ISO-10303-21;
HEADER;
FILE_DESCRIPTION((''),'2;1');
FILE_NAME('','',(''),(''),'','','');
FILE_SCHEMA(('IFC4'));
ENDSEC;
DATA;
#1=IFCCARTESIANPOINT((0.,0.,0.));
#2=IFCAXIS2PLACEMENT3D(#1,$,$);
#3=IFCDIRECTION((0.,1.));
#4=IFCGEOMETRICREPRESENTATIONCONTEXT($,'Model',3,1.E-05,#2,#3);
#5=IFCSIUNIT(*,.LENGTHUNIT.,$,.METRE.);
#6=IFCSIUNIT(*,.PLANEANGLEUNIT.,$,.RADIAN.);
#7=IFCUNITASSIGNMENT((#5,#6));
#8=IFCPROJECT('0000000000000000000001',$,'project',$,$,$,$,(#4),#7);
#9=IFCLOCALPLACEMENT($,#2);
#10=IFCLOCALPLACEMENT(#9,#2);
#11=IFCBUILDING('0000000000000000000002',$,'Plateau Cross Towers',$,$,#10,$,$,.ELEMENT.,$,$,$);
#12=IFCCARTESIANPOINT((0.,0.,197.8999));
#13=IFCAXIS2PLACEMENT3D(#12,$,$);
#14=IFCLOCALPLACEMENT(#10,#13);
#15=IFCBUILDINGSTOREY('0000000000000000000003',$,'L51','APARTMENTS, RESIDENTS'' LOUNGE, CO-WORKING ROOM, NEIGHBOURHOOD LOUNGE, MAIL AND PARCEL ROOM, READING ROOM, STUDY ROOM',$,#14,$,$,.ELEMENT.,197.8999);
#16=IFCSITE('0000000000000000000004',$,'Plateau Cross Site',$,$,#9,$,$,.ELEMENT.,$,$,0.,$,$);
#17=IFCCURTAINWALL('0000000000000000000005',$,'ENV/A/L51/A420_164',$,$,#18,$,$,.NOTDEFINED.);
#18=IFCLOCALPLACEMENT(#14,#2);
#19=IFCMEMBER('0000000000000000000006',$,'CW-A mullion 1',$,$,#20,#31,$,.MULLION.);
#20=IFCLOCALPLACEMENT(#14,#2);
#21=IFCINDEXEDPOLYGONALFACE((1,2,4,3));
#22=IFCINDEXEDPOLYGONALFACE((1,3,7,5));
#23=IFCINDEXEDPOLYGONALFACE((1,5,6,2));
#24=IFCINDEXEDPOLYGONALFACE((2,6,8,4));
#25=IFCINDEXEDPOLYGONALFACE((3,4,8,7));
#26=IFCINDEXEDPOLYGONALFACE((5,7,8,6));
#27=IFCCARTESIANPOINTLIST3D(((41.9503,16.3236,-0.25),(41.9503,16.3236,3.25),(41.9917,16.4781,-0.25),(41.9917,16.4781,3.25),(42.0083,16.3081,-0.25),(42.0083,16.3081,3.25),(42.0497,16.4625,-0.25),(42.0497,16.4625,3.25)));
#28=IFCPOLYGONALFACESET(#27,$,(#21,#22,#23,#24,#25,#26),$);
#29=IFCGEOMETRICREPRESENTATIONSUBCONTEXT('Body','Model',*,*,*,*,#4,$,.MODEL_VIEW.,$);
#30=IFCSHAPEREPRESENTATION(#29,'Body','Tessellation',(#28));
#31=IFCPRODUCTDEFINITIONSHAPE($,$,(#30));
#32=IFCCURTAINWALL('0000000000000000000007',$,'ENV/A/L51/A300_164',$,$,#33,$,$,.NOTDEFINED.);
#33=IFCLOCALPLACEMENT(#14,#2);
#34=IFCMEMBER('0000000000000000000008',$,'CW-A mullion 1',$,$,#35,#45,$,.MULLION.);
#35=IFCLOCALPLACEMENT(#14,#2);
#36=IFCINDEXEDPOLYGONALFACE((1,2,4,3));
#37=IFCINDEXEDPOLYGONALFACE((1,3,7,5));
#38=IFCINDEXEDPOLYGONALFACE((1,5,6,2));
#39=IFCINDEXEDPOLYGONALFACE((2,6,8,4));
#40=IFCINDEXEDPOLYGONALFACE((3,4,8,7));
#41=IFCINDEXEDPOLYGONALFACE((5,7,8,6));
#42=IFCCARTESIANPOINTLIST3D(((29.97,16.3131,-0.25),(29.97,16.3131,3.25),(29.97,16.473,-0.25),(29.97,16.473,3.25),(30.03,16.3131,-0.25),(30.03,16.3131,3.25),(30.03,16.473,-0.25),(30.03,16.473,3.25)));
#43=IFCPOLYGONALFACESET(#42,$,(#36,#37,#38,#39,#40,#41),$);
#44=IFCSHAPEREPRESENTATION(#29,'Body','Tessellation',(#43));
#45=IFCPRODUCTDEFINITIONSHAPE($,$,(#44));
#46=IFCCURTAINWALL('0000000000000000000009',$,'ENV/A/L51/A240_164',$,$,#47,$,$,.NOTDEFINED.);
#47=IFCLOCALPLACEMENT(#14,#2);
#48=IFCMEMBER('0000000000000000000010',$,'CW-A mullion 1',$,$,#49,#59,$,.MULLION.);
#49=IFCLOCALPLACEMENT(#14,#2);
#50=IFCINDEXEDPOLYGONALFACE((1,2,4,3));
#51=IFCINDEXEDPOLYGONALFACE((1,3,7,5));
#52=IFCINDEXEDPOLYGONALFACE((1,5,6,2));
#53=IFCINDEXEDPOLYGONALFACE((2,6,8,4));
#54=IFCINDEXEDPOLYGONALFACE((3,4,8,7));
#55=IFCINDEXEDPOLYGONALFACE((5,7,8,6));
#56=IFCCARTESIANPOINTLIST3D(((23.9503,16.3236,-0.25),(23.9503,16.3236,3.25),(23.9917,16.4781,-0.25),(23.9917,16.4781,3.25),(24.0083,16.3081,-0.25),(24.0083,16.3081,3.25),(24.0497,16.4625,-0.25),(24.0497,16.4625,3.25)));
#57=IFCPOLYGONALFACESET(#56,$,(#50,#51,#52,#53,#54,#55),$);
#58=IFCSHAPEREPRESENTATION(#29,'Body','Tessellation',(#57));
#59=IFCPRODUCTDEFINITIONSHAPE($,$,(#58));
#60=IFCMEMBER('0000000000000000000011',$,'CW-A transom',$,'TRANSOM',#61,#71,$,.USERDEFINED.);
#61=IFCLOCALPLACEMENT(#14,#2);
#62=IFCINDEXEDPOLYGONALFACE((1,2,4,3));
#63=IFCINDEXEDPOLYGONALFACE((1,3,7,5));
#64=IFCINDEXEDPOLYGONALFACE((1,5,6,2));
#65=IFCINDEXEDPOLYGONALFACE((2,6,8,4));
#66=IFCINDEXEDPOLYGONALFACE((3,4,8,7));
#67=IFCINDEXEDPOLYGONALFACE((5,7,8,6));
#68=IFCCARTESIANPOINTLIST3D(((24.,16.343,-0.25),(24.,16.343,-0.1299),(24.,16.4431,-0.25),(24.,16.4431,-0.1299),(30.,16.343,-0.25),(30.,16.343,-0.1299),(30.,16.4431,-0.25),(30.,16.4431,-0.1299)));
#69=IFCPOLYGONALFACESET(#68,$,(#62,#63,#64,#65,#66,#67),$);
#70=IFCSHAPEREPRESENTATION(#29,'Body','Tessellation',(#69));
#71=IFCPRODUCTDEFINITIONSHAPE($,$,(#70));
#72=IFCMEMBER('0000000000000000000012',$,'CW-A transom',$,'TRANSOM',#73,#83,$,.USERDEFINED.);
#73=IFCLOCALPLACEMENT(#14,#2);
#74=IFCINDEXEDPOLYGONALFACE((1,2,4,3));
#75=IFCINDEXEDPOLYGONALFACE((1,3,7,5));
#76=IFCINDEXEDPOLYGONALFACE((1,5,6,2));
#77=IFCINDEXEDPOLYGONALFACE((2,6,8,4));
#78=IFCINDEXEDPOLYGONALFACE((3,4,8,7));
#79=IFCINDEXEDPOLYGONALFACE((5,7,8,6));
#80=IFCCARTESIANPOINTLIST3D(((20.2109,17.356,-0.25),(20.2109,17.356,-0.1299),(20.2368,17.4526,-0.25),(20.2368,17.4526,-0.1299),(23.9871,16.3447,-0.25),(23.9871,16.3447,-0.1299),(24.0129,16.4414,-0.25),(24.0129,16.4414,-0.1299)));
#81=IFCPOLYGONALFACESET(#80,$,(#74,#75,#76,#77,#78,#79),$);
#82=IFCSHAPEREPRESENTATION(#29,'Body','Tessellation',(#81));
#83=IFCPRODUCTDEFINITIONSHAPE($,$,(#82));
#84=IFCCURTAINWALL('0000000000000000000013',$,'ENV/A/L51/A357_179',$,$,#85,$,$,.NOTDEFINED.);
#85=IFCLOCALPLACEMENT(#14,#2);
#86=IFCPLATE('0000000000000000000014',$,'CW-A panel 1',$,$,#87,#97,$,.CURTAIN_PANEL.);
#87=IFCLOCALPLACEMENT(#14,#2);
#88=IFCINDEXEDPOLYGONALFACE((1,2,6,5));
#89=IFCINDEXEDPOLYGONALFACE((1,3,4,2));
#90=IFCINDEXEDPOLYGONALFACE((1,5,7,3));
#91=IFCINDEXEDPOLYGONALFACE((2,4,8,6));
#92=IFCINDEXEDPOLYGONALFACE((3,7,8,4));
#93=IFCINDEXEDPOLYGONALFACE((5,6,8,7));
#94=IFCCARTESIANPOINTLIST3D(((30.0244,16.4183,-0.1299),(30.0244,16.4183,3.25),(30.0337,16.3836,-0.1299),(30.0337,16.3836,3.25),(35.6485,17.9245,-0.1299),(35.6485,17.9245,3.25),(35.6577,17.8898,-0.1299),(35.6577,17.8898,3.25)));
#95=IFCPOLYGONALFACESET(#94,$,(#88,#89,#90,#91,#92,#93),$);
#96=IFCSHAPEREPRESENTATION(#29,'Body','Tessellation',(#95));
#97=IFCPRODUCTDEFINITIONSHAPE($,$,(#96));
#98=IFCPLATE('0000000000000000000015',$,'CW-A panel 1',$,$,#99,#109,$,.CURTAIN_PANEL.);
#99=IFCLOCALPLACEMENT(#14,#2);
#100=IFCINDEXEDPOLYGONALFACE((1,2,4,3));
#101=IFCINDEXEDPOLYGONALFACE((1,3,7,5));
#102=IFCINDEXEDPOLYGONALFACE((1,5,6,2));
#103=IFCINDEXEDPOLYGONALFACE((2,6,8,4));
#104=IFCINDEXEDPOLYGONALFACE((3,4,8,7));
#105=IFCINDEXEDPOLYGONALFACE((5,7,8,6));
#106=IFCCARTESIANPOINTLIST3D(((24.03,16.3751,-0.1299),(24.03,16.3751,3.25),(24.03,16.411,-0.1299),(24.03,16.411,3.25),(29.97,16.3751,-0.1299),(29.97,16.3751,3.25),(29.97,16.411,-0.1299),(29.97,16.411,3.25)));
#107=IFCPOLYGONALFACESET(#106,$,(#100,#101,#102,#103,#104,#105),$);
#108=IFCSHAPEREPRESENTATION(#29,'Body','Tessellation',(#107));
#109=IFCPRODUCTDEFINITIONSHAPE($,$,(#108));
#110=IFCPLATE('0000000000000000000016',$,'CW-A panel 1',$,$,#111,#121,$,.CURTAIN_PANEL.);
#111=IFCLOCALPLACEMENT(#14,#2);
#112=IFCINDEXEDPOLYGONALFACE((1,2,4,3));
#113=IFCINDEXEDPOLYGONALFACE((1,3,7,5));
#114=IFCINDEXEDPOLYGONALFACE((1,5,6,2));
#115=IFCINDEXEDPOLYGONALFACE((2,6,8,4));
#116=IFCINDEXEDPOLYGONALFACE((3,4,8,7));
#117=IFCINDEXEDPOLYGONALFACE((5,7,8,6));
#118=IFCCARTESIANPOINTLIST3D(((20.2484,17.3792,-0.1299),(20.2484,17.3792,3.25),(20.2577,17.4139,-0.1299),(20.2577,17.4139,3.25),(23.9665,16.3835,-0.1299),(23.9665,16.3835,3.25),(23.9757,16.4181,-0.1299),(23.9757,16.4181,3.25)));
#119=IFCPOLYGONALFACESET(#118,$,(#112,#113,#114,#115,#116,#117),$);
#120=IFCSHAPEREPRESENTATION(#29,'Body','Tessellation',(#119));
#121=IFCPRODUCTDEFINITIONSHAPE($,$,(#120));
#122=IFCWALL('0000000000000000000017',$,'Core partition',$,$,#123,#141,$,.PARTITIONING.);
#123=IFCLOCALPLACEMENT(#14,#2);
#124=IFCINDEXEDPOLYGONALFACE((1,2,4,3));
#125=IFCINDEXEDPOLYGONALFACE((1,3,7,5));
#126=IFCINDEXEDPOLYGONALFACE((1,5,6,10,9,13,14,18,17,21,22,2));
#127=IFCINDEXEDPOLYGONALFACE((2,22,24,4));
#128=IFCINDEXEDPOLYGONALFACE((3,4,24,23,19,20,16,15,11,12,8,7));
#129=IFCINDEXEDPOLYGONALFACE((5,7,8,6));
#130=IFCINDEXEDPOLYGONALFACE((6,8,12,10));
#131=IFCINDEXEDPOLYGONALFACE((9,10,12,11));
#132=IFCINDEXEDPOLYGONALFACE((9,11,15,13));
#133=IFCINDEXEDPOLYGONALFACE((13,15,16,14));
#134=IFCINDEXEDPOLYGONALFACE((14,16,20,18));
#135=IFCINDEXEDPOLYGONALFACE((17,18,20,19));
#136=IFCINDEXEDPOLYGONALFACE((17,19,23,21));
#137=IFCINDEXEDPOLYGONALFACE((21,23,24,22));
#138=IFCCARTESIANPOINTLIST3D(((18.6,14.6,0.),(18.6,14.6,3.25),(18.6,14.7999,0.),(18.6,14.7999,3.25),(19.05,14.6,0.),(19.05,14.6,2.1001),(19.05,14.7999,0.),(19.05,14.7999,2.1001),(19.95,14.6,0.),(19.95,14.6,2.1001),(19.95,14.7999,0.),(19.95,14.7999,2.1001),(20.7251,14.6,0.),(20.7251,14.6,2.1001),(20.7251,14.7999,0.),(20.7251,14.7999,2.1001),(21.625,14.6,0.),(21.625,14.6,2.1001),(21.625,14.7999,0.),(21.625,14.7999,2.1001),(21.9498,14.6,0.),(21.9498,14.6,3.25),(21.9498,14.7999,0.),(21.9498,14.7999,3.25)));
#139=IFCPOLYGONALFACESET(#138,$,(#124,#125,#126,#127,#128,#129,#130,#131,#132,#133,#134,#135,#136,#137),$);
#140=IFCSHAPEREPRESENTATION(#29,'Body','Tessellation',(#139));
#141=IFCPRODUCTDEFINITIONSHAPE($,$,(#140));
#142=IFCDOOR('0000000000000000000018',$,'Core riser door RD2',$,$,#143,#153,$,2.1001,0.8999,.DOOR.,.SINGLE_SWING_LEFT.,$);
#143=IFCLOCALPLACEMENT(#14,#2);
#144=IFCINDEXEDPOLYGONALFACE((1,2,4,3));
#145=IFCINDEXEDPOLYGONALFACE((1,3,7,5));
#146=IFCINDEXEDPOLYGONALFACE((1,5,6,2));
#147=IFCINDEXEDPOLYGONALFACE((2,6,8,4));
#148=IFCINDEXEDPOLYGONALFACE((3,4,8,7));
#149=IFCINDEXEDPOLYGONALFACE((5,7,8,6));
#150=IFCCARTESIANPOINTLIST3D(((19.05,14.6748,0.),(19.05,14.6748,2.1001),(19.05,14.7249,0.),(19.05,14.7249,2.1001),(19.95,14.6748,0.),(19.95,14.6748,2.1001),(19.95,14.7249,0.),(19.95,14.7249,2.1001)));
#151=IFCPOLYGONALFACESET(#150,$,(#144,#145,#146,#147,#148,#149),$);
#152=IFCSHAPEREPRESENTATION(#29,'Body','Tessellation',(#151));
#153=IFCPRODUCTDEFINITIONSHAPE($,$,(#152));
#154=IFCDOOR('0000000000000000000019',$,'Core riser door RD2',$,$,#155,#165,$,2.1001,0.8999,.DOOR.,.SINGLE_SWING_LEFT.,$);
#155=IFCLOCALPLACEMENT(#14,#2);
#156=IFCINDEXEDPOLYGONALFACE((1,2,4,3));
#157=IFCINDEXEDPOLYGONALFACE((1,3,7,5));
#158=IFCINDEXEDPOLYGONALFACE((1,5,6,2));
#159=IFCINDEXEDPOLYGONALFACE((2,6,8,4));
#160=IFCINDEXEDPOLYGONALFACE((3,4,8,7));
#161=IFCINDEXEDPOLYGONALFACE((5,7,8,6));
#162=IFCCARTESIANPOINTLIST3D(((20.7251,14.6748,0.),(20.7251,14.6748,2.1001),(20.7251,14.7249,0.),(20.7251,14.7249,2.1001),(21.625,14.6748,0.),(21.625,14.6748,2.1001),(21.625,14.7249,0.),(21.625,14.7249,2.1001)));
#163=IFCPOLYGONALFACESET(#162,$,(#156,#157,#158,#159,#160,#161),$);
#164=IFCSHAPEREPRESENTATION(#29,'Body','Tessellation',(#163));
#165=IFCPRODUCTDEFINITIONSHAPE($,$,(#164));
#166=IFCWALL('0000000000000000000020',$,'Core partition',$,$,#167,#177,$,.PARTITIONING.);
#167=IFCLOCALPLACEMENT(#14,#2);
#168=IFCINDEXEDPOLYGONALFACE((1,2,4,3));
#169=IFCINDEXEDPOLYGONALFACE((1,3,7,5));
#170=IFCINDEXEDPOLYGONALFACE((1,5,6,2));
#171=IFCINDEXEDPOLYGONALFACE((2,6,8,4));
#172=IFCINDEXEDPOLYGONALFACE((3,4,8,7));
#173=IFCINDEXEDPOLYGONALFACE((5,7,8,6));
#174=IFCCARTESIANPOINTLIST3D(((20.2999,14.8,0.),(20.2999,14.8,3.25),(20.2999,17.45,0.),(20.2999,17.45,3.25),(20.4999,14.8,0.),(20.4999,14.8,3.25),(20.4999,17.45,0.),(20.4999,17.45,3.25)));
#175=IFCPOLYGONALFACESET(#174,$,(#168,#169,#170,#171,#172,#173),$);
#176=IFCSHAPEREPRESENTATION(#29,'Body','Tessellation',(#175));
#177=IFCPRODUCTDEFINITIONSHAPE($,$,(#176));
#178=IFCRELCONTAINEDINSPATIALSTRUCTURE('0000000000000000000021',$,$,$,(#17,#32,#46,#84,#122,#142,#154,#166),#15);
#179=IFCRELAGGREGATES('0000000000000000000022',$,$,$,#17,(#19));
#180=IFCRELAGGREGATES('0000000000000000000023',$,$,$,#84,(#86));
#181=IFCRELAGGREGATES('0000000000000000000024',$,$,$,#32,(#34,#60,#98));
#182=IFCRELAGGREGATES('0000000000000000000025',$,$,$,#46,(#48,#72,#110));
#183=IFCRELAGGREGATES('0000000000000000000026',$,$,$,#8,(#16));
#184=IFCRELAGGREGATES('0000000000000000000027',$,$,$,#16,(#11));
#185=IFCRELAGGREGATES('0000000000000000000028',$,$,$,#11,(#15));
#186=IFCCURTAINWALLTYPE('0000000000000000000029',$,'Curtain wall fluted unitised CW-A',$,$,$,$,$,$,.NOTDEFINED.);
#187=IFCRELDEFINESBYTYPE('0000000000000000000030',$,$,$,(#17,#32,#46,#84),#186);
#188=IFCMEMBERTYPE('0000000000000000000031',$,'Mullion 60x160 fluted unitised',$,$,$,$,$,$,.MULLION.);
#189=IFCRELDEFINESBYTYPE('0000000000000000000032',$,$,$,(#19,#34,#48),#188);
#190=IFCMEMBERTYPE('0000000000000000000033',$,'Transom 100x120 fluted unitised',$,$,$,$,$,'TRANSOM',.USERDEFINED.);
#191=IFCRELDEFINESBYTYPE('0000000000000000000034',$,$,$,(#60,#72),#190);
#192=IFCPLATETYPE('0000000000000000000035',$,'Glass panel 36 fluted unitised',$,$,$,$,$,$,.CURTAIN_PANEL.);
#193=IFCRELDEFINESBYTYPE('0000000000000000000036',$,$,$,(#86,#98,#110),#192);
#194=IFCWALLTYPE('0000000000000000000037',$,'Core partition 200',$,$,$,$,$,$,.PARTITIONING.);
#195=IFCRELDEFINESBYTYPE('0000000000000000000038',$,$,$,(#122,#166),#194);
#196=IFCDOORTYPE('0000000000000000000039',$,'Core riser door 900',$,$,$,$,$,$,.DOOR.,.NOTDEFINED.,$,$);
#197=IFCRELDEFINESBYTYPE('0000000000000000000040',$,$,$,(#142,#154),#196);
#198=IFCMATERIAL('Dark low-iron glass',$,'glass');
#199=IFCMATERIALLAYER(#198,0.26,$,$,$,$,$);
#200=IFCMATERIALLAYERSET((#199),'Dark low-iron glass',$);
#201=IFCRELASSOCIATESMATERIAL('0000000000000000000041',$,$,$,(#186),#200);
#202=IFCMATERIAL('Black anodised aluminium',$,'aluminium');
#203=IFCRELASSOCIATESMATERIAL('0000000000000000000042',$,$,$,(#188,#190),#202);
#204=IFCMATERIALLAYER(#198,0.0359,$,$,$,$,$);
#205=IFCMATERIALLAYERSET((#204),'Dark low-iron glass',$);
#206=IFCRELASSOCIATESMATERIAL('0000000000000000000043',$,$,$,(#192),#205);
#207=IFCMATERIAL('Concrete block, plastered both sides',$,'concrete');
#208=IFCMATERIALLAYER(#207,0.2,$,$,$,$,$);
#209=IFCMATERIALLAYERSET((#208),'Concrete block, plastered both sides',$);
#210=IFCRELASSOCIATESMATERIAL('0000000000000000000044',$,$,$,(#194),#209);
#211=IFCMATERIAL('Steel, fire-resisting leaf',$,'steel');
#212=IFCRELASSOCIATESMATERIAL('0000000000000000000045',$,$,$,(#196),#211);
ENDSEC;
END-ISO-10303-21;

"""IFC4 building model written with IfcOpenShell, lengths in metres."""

from ifc_helpers import new_model, si_unit, direction, frame, frame_2d, origin, origin_2d, place, context, subcontext, project, spatial, rectangle, extrude, material, layer, layer_set, material_profile, profile_set, type_object, element, fill, aggregate, save


model = new_model("IFC4")

# Units and contexts
model_context = context("Model", 3, precision=1e-05, world=origin(), true_north=direction((0.0, 1.0)))
body_context = subcontext(model_context, "Body", "Model", "MODEL_VIEW")
ifc_project = project(units=[si_unit("LENGTHUNIT", "METRE"), si_unit("PLANEANGLEUNIT", "RADIAN")], contexts=[model_context])

# Site, building, storey
site_placement = place(None, origin())
site = spatial("IfcSite", under=ifc_project, at=site_placement, Name="Plateau Cross Site", CompositionType="ELEMENT", RefElevation=0.0)
building_placement = place(site_placement, origin())
building = spatial("IfcBuilding", under=site, at=building_placement, Name="Plateau Cross Towers", CompositionType="ELEMENT")
storey_placement = place(building_placement, frame((0.0, 0.0, 197.8999)))
storey = spatial("IfcBuildingStorey", under=building, at=storey_placement, Name="L51", Description="APARTMENTS, RESIDENTS' LOUNGE, CO-WORKING ROOM, NEIGHBOURHOOD LOUNGE, MAIL AND PARCEL ROOM, READING ROOM, STUDY ROOM", CompositionType="ELEMENT", Elevation=197.8999)

# Curtain walls, members
ifc_material_1 = material(Name="Dark low-iron glass", Category="glass")
ifc_layer_1 = layer(ifc_material_1, 0.26)
ifc_layer_set_1 = layer_set([ifc_layer_1], Name="Dark low-iron glass")
curtain_wall_type = type_object("IfcCurtainWallType", Name="Curtain wall fluted unitised CW-A", PredefinedType="NOTDEFINED", material=ifc_layer_set_1)
curtain_wall_1_placement = place(storey_placement, origin())
curtain_wall_1 = element("IfcCurtainWall", 1, at=curtain_wall_1_placement, inside=storey, type_object=curtain_wall_type, Name="ENV/A/L51/A420_164", PredefinedType="NOTDEFINED")
ifc_material_2 = material(Name="Black anodised aluminium", Category="aluminium")
ifc_material_profile_1 = material_profile(ifc_material_2, rectangle(XDim=0.0601, YDim=0.1599, at=origin_2d()), Name="MULLION 60x160")
ifc_profile_set_1 = profile_set([ifc_material_profile_1], Name="Black anodised aluminium")
member_type_1 = type_object("IfcMemberType", Name="Mullion 60x160 fluted unitised", PredefinedType="MULLION", material=ifc_profile_set_1)
member_1_placement = place(storey_placement, frame((42.0, 16.3931, -0.25), z_axis=(0.0, 0.0, 1.0), x_axis=(-0.965958, 0.258699, 0.0)))
member_1 = element("IfcMember", 2, at=member_1_placement, type_object=member_type_1, Name="CW-A mullion 1", PredefinedType="MULLION", context=body_context, shape_type="SweptSolid", body=[
    extrude(rectangle(XDim=0.0601, YDim=0.1599, at=origin_2d()), origin(), (0.0, 0.0, 1.0), 3.5),
])
aggregate(curtain_wall_1, [member_1])
curtain_wall_2_placement = place(storey_placement, origin())
curtain_wall_2 = element("IfcCurtainWall", 3, at=curtain_wall_2_placement, inside=storey, type_object=curtain_wall_type, Name="ENV/A/L51/A300_164", PredefinedType="NOTDEFINED")
member_2_placement = place(storey_placement, frame((30.0, 16.3931, -0.25), z_axis=(0.0, 0.0, 1.0), x_axis=(-1.0, 0.0, 0.0)))
member_2 = element("IfcMember", 4, at=member_2_placement, type_object=member_type_1, Name="CW-A mullion 1", PredefinedType="MULLION", context=body_context, shape_type="SweptSolid", body=[
    extrude(rectangle(XDim=0.0601, YDim=0.1599, at=origin_2d()), origin(), (0.0, 0.0, 1.0), 3.5),
])
curtain_wall_3_placement = place(storey_placement, origin())
curtain_wall_3 = element("IfcCurtainWall", 5, at=curtain_wall_3_placement, inside=storey, type_object=curtain_wall_type, Name="ENV/A/L51/A240_164", PredefinedType="NOTDEFINED")
member_3_placement = place(storey_placement, frame((24.0, 16.3931, -0.25), z_axis=(0.0, 0.0, 1.0), x_axis=(-0.965958, 0.258699, 0.0)))
member_3 = element("IfcMember", 6, at=member_3_placement, type_object=member_type_1, Name="CW-A mullion 1", PredefinedType="MULLION", context=body_context, shape_type="SweptSolid", body=[
    extrude(rectangle(XDim=0.0601, YDim=0.1599, at=origin_2d()), origin(), (0.0, 0.0, 1.0), 3.5),
])

# Members
ifc_material_profile_2 = material_profile(ifc_material_2, rectangle(XDim=0.1001, YDim=0.1201, at=origin_2d()), Name="TRANSOM 100x120")
ifc_profile_set_2 = profile_set([ifc_material_profile_2], Name="Black anodised aluminium")
member_type_2 = type_object("IfcMemberType", Name="Transom 100x120 fluted unitised", ElementType="TRANSOM", PredefinedType="USERDEFINED", material=ifc_profile_set_2)
member_4_placement = place(storey_placement, frame((30.0, 16.3931, -0.1899), z_axis=(-1.0, 0.0, 0.0), x_axis=(0.0, -1.0, 0.0)))
member_4 = element("IfcMember", 7, at=member_4_placement, type_object=member_type_2, Name="CW-A transom", ObjectType="TRANSOM", PredefinedType="USERDEFINED", context=body_context, shape_type="SweptSolid", body=[
    extrude(rectangle(XDim=0.1001, YDim=0.1201, at=origin_2d()), origin(), (0.0, 0.0, 1.0), 6.0),
])
member_5_placement = place(storey_placement, frame((24.0, 16.3931, -0.1899), z_axis=(-0.965963, 0.258681, 0.0), x_axis=(-0.258681, -0.965963, 0.0)))
member_5 = element("IfcMember", 8, at=member_5_placement, type_object=member_type_2, Name="CW-A transom", ObjectType="TRANSOM", PredefinedType="USERDEFINED", context=body_context, shape_type="SweptSolid", body=[
    extrude(rectangle(XDim=0.1001, YDim=0.1201, at=origin_2d()), origin(), (0.0, 0.0, 1.0), 3.9092),
])

# Curtain wall, plate
curtain_wall_4_placement = place(storey_placement, origin())
curtain_wall_4 = element("IfcCurtainWall", 9, at=curtain_wall_4_placement, inside=storey, type_object=curtain_wall_type, Name="ENV/A/L51/A357_179", PredefinedType="NOTDEFINED")
ifc_layer_2 = layer(ifc_material_1, 0.0359)
ifc_layer_set_2 = layer_set([ifc_layer_2], Name="Dark low-iron glass")
plate_type = type_object("IfcPlateType", Name="Glass panel 36 fluted unitised", PredefinedType="CURTAIN_PANEL", material=ifc_layer_set_2)
plate_1_placement = place(storey_placement, frame((32.8411, 17.1541, -0.1299), z_axis=(0.0, 0.0, 1.0), x_axis=(-0.965958, -0.258699, 0.0)))
plate_1 = element("IfcPlate", 10, at=plate_1_placement, type_object=plate_type, Name="CW-A panel 1", PredefinedType="CURTAIN_PANEL", context=body_context, shape_type="SweptSolid", body=[
    extrude(rectangle(XDim=5.8223, YDim=0.0359, at=origin_2d()), origin(), (0.0, 0.0, 1.0), 3.3799),
])
aggregate(curtain_wall_4, [plate_1])

# Plates
plate_2_placement = place(storey_placement, frame((27.0, 16.3931, -0.1299), z_axis=(0.0, 0.0, 1.0), x_axis=(-1.0, 0.0, 0.0)))
plate_2 = element("IfcPlate", 11, at=plate_2_placement, type_object=plate_type, Name="CW-A panel 1", PredefinedType="CURTAIN_PANEL", context=body_context, shape_type="SweptSolid", body=[
    extrude(rectangle(XDim=5.9399, YDim=0.0359, at=origin_2d()), origin(), (0.0, 0.0, 1.0), 3.3799),
])
aggregate(curtain_wall_2, [member_2, member_4, plate_2])
plate_3_placement = place(storey_placement, frame((22.1121, 16.8987, -0.1299), z_axis=(0.0, 0.0, 1.0), x_axis=(-0.965958, 0.258699, 0.0)))
plate_3 = element("IfcPlate", 12, at=plate_3_placement, type_object=plate_type, Name="CW-A panel 1", PredefinedType="CURTAIN_PANEL", context=body_context, shape_type="SweptSolid", body=[
    extrude(rectangle(XDim=3.8491, YDim=0.0359, at=origin_2d()), origin(), (0.0, 0.0, 1.0), 3.3799),
])
aggregate(curtain_wall_3, [member_3, member_5, plate_3])

# Wall, openings, doors
ifc_material_3 = material(Name="Concrete block, plastered both sides", Category="concrete")
ifc_layer_3 = layer(ifc_material_3, 0.2)
ifc_layer_set_3 = layer_set([ifc_layer_3], Name="Concrete block, plastered both sides")
wall_type_1 = type_object("IfcWallType", Name="Core partition 200", PredefinedType="PARTITIONING", material=ifc_layer_set_3)
wall_1_placement = place(storey_placement, frame((18.6001, 14.7, 0.0), z_axis=(0.0, 0.0, 1.0), x_axis=(1.0, 0.0, 0.0)))
wall_1 = element("IfcWall", 13, at=wall_1_placement, inside=storey, type_object=wall_type_1, Name="Core partition", PredefinedType="PARTITIONING", context=body_context, shape_type="SweptSolid", body=[
    extrude(rectangle(XDim=3.3499, YDim=0.2, at=frame_2d((1.6748, 0.0))), origin(), (0.0, 0.0, 1.0), 3.25),
])
opening_1_placement = place(wall_1_placement, frame((0.45, 0.0, 0.0)))
opening_1 = element("IfcOpeningElement", 14, at=opening_1_placement, cuts=wall_1, PredefinedType="OPENING", context=body_context, shape_type="SweptSolid", body=[
    extrude(rectangle(XDim=0.8999, YDim=2.1001, at=frame_2d((0.45, 1.05))), frame((0.0, 0.1099, 0.0), z_axis=(0.0, -1.0, 0.0), x_axis=(1.0, 0.0, 0.0)), (0.0, 0.0, 1.0), 0.22),
])
opening_2_placement = place(wall_1_placement, frame((2.125, 0.0, 0.0)))
opening_2 = element("IfcOpeningElement", 15, at=opening_2_placement, cuts=wall_1, PredefinedType="OPENING", context=body_context, shape_type="SweptSolid", body=[
    extrude(rectangle(XDim=0.8999, YDim=2.1001, at=frame_2d((0.45, 1.05))), frame((0.0, 0.1099, 0.0), z_axis=(0.0, -1.0, 0.0), x_axis=(1.0, 0.0, 0.0)), (0.0, 0.0, 1.0), 0.22),
])
ifc_material_4 = material(Name="Steel, fire-resisting leaf", Category="steel")
door_type_1 = type_object("IfcDoorType", Name="Core riser door 900", OperationType="NOTDEFINED", PredefinedType="DOOR", material=ifc_material_4)
door_1_placement = place(opening_1_placement, origin())
door_1 = element("IfcDoor", 16, at=door_1_placement, inside=storey, type_object=door_type_1, Name="Core riser door RD2", OperationType="SINGLE_SWING_LEFT", OverallHeight=2.1001, OverallWidth=0.8999, PredefinedType="DOOR", context=body_context, shape_type="SweptSolid", body=[
    extrude(rectangle(XDim=0.8999, YDim=2.1001, at=frame_2d((0.45, 1.05))), frame((0.0, 0.0249, 0.0), z_axis=(0.0, -1.0, 0.0), x_axis=(1.0, 0.0, 0.0)), (0.0, 0.0, 1.0), 0.05),
])
fill(opening_1, door_1)
door_2_placement = place(opening_2_placement, origin())
door_2 = element("IfcDoor", 17, at=door_2_placement, inside=storey, type_object=door_type_1, Name="Core riser door RD2", OperationType="SINGLE_SWING_LEFT", OverallHeight=2.1001, OverallWidth=0.8999, PredefinedType="DOOR", context=body_context, shape_type="SweptSolid", body=[
    extrude(rectangle(XDim=0.8999, YDim=2.1001, at=frame_2d((0.45, 1.05))), frame((0.0, 0.0249, 0.0), z_axis=(0.0, -1.0, 0.0), x_axis=(1.0, 0.0, 0.0)), (0.0, 0.0, 1.0), 0.05),
])
fill(opening_2, door_2)

# Wall
wall_2_placement = place(storey_placement, frame((20.3999, 14.8, 0.0), z_axis=(0.0, 0.0, 1.0), x_axis=(0.0, 1.0, 0.0)))
element("IfcWall", 18, at=wall_2_placement, inside=storey, type_object=wall_type_1, Name="Core partition", PredefinedType="PARTITIONING", context=body_context, shape_type="SweptSolid", body=[
    extrude(rectangle(XDim=2.6499, YDim=0.2, at=frame_2d((1.325, 0.0))), origin(), (0.0, 0.0, 1.0), 3.25),
])

save(model, "model.ifc")
